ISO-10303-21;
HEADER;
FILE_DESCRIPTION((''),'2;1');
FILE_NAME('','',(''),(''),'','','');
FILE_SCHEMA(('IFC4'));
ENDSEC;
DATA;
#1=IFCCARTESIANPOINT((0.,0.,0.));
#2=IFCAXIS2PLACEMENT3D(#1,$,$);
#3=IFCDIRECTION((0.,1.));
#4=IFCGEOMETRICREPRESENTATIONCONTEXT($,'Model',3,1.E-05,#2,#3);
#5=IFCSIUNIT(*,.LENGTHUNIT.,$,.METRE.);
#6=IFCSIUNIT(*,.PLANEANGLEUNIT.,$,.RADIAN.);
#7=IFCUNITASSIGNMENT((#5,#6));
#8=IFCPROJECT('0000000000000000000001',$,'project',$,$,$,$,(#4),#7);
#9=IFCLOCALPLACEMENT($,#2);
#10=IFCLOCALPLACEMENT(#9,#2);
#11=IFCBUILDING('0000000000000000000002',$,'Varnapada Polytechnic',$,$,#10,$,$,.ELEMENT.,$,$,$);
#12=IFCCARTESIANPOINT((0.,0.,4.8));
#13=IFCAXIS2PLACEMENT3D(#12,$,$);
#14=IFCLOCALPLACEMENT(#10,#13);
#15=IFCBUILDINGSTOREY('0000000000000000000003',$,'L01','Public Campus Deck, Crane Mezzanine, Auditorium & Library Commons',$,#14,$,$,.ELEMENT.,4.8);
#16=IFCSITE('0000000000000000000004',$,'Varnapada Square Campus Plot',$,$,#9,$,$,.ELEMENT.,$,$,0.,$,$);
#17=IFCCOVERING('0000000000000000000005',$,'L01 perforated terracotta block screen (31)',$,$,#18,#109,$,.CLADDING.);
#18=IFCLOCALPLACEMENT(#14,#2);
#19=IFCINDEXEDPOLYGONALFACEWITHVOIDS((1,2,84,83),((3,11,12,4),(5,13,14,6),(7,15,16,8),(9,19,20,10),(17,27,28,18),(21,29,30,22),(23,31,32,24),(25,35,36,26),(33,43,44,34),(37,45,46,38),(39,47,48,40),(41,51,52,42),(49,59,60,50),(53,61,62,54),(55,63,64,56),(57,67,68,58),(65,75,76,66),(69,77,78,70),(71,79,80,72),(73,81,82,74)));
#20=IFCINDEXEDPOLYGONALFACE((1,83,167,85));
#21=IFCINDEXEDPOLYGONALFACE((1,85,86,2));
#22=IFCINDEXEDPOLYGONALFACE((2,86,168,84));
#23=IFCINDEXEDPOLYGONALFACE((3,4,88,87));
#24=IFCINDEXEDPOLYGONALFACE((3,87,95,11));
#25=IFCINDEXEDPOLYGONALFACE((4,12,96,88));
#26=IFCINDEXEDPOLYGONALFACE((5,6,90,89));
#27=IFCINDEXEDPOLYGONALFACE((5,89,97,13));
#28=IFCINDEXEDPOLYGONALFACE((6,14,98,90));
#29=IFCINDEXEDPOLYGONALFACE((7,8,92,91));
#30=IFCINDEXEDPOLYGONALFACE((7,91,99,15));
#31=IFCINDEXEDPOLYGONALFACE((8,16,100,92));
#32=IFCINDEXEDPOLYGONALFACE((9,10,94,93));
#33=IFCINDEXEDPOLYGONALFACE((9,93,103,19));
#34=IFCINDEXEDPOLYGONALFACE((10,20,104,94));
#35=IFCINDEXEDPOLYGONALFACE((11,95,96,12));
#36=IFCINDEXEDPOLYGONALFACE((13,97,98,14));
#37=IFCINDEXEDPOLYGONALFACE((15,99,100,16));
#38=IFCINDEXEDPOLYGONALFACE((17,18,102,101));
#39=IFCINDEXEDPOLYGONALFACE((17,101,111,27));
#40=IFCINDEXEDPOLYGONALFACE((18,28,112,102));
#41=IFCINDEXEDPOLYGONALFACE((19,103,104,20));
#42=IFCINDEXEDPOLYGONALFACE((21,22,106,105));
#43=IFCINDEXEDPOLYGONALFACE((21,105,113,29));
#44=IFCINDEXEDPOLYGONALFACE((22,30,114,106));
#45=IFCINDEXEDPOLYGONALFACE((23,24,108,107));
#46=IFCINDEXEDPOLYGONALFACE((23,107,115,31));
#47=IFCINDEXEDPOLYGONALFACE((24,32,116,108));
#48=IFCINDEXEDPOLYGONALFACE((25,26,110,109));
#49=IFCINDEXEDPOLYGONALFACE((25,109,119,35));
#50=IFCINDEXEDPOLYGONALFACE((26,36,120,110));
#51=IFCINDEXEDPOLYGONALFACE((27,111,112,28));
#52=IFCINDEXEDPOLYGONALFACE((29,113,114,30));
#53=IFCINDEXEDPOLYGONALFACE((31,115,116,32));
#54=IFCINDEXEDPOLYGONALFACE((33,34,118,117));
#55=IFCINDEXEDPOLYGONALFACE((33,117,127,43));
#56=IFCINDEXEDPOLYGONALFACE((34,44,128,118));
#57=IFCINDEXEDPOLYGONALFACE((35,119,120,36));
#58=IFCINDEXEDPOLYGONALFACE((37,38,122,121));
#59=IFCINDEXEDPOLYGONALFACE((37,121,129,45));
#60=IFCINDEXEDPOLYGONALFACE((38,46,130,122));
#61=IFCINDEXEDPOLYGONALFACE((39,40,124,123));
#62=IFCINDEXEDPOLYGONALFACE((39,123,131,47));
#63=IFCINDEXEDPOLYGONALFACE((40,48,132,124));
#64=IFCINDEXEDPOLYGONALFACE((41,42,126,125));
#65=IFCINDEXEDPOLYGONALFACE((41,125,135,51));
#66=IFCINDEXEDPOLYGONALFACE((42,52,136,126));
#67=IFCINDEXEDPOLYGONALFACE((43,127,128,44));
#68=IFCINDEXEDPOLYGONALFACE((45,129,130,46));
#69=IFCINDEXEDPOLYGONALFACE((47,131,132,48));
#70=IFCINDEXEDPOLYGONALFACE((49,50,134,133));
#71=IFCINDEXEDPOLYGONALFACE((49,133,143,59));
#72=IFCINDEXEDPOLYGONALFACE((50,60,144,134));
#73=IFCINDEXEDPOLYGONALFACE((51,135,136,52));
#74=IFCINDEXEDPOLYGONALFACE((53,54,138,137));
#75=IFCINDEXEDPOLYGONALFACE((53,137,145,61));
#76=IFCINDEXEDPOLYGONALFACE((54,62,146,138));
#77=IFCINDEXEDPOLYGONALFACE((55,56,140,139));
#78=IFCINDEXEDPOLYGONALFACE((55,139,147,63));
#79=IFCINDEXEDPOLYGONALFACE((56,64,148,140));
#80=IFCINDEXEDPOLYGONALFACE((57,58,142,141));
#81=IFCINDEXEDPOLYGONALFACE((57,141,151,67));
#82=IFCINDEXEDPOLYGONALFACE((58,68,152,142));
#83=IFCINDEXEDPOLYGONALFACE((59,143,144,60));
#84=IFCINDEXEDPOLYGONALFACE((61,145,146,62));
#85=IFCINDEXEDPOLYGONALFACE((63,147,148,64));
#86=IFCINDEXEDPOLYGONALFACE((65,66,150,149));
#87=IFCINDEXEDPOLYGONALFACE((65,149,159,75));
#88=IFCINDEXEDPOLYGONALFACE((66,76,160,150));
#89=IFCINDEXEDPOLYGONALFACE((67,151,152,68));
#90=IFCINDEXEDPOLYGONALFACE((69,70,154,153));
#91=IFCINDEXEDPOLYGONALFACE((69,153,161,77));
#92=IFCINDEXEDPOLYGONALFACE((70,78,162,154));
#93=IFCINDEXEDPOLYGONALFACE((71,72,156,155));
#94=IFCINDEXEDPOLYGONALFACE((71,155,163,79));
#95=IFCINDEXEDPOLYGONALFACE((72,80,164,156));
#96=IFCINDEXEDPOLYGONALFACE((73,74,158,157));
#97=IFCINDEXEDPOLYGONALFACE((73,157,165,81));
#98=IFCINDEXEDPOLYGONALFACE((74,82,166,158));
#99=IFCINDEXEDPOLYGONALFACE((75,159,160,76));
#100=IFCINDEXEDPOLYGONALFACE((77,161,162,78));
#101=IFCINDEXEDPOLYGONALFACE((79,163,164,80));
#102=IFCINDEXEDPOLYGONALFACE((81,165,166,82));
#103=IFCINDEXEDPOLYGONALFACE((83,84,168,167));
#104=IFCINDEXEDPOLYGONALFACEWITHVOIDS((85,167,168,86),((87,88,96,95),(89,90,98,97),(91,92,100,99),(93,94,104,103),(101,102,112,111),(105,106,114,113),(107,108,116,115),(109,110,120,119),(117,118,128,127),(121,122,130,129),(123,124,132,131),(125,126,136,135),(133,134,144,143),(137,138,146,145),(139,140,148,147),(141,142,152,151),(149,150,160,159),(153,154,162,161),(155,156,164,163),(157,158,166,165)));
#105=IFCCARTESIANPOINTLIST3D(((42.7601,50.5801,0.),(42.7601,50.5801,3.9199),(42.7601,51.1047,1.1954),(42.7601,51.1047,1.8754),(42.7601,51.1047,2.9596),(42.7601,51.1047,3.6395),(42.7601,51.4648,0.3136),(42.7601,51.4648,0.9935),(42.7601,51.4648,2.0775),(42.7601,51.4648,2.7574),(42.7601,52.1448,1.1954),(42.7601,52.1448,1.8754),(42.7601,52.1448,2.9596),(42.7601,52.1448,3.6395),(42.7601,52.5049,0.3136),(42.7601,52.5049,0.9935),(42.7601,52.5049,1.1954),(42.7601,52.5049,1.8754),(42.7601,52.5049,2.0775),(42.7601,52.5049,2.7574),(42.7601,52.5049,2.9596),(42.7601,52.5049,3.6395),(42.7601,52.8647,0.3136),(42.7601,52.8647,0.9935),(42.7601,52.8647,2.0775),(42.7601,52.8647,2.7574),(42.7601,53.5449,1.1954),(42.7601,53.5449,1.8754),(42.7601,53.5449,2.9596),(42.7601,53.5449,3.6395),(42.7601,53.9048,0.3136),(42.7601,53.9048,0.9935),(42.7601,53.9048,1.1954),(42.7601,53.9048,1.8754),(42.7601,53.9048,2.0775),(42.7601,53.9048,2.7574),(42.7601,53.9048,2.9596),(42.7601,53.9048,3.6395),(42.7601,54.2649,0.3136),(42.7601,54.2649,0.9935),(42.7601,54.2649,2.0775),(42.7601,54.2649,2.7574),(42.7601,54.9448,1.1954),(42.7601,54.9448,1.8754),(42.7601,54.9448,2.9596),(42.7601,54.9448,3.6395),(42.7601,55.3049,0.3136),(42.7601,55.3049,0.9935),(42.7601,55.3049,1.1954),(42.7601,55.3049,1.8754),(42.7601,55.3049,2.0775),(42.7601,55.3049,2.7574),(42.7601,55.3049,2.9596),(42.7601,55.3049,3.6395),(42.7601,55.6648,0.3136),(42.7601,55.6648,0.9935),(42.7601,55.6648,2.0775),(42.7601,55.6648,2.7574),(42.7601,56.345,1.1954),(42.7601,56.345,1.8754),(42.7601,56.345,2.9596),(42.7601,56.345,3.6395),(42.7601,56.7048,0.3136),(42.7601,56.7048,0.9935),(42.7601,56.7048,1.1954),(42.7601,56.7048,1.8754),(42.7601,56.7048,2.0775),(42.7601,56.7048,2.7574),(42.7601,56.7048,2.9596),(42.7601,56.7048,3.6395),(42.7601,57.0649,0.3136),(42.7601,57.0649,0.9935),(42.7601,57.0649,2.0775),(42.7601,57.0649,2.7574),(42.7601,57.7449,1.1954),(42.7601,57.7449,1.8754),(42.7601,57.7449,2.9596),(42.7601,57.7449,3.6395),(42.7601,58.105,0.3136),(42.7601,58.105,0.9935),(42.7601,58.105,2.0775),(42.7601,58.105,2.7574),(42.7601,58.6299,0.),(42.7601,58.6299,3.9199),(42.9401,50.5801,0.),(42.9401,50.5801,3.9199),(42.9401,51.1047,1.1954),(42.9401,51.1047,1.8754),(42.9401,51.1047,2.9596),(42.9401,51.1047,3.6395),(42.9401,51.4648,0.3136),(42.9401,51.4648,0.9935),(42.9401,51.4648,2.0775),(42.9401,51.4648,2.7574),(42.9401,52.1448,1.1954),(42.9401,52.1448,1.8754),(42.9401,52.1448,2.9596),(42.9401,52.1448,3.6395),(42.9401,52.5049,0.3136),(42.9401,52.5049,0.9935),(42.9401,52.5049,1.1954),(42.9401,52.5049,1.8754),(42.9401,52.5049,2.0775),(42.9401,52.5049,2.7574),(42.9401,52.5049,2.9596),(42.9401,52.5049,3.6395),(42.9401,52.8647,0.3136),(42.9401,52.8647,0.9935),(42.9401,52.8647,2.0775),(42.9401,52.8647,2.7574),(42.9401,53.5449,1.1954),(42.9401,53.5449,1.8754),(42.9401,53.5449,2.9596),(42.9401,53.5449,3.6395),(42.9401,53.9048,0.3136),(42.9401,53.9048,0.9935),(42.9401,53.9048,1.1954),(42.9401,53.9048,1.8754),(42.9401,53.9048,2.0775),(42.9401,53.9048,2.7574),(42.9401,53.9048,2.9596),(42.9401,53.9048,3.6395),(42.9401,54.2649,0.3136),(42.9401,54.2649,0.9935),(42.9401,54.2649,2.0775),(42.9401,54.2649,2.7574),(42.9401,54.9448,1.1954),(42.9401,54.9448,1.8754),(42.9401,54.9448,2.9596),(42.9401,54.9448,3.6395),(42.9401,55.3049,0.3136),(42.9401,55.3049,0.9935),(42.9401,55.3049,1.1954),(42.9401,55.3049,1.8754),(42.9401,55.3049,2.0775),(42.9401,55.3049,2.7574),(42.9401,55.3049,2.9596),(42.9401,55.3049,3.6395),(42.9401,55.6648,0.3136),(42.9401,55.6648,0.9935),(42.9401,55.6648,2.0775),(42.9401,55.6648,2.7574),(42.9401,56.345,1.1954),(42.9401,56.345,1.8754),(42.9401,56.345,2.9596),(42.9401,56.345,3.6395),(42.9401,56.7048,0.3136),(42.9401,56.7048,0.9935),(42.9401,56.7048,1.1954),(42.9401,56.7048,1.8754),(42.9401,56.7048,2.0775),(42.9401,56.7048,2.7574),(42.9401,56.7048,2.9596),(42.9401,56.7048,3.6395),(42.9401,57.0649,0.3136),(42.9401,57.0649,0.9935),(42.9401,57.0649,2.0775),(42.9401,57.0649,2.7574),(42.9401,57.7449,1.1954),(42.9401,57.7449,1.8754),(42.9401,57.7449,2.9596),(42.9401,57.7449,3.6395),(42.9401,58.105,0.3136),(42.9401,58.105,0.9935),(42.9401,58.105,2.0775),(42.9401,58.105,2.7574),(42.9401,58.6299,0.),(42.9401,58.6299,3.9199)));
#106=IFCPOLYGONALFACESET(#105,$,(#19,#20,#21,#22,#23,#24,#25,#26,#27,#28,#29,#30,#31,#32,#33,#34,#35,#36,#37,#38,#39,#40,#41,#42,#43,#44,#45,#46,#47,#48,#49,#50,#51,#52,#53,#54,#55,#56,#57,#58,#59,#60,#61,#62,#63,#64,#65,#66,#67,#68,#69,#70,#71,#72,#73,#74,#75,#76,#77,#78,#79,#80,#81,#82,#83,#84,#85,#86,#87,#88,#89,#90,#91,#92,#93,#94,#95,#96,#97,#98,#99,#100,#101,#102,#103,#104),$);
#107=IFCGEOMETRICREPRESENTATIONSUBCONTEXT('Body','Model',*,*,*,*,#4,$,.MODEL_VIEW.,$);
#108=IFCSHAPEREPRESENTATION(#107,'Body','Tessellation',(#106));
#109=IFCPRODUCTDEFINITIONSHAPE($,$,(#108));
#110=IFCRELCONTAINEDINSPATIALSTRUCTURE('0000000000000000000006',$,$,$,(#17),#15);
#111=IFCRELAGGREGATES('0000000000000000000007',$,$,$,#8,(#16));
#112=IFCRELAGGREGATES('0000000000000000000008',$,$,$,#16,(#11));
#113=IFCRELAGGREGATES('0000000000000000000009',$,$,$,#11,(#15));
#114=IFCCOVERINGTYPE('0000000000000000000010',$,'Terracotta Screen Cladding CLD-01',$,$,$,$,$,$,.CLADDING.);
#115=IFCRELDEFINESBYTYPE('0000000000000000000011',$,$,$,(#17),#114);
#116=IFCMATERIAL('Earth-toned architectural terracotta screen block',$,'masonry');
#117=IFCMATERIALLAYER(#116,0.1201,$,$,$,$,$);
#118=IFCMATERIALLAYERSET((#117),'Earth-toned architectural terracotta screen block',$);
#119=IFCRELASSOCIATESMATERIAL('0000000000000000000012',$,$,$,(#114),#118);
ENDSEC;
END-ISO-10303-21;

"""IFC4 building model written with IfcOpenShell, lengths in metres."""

from ifc_helpers import new_model, si_unit, direction, frame, frame_2d, origin, place, context, subcontext, project, spatial, rectangle, extrude, material, layer, layer_set, type_object, element, save


model = new_model("IFC4")

# Units and contexts
model_context = context("Model", 3, precision=1e-05, world=origin(), true_north=direction((0.0, 1.0)))
body_context = subcontext(model_context, "Body", "Model", "MODEL_VIEW")
ifc_project = project(units=[si_unit("LENGTHUNIT", "METRE"), si_unit("PLANEANGLEUNIT", "RADIAN")], contexts=[model_context])

# Site, building, storey
site_placement = place(None, origin())
site = spatial("IfcSite", under=ifc_project, at=site_placement, Name="Varnapada Square Campus Plot", CompositionType="ELEMENT", RefElevation=0.0)
building_placement = place(site_placement, origin())
building = spatial("IfcBuilding", under=site, at=building_placement, Name="Varnapada Polytechnic", CompositionType="ELEMENT")
storey_placement = place(building_placement, frame((0.0, 0.0, 4.8)))
storey = spatial("IfcBuildingStorey", under=building, at=storey_placement, Name="L01", Description="Public Campus Deck, Crane Mezzanine, Auditorium & Library Commons", CompositionType="ELEMENT", Elevation=4.8)

# Covering, openings
ifc_material_1 = material(Name="Earth-toned architectural terracotta screen block", Category="masonry")
ifc_layer_1 = layer(ifc_material_1, 0.1201)
ifc_layer_set_1 = layer_set([ifc_layer_1], Name="Earth-toned architectural terracotta screen block")
covering_type = type_object("IfcCoveringType", Name="Terracotta Screen Cladding CLD-01", PredefinedType="CLADDING", material=ifc_layer_set_1)
covering_placement = place(storey_placement, frame((42.8501, 58.6299, 0.0), z_axis=(0.0, 0.0, 1.0), x_axis=(0.0, -1.0, 0.0)))
covering = element("IfcCovering", 1, at=covering_placement, inside=storey, type_object=covering_type, Name="L01 perforated terracotta block screen (31)", PredefinedType="CLADDING", context=body_context, shape_type="SweptSolid", body=[
    extrude(rectangle(XDim=8.0498, YDim=0.1799, at=frame_2d((4.0249, 0.0))), origin(), (0.0, 0.0, 1.0), 3.9199),
])
opening_1_placement = place(covering_placement, frame((0.5249, 0.0, 0.3137)))
element("IfcOpeningElement", 2, at=opening_1_placement, cuts=covering, PredefinedType="OPENING", context=body_context, shape_type="SweptSolid", body=[
    extrude(rectangle(XDim=1.04, YDim=0.6799, at=frame_2d((0.52, 0.3398))), frame((0.0, 0.0999, 0.0), z_axis=(0.0, -1.0, 0.0), x_axis=(1.0, 0.0, 0.0)), (0.0, 0.0, 1.0), 0.2),
])
opening_2_placement = place(covering_placement, frame((1.925, 0.0, 0.3137)))
element("IfcOpeningElement", 3, at=opening_2_placement, cuts=covering, PredefinedType="OPENING", context=body_context, shape_type="SweptSolid", body=[
    extrude(rectangle(XDim=1.04, YDim=0.6799, at=frame_2d((0.52, 0.3398))), frame((0.0, 0.0999, 0.0), z_axis=(0.0, -1.0, 0.0), x_axis=(1.0, 0.0, 0.0)), (0.0, 0.0, 1.0), 0.2),
])
opening_3_placement = place(covering_placement, frame((3.325, 0.0, 0.3137)))
element("IfcOpeningElement", 4, at=opening_3_placement, cuts=covering, PredefinedType="OPENING", context=body_context, shape_type="SweptSolid", body=[
    extrude(rectangle(XDim=1.04, YDim=0.6799, at=frame_2d((0.52, 0.3398))), frame((0.0, 0.0999, 0.0), z_axis=(0.0, -1.0, 0.0), x_axis=(1.0, 0.0, 0.0)), (0.0, 0.0, 1.0), 0.2),
])
opening_4_placement = place(covering_placement, frame((4.7251, 0.0, 0.3137)))
element("IfcOpeningElement", 5, at=opening_4_placement, cuts=covering, PredefinedType="OPENING", context=body_context, shape_type="SweptSolid", body=[
    extrude(rectangle(XDim=1.04, YDim=0.6799, at=frame_2d((0.52, 0.3398))), frame((0.0, 0.0999, 0.0), z_axis=(0.0, -1.0, 0.0), x_axis=(1.0, 0.0, 0.0)), (0.0, 0.0, 1.0), 0.2),
])
opening_5_placement = place(covering_placement, frame((6.125, 0.0, 0.3137)))
element("IfcOpeningElement", 6, at=opening_5_placement, cuts=covering, PredefinedType="OPENING", context=body_context, shape_type="SweptSolid", body=[
    extrude(rectangle(XDim=1.04, YDim=0.6799, at=frame_2d((0.52, 0.3398))), frame((0.0, 0.0999, 0.0), z_axis=(0.0, -1.0, 0.0), x_axis=(1.0, 0.0, 0.0)), (0.0, 0.0, 1.0), 0.2),
])
opening_6_placement = place(covering_placement, frame((0.885, 0.0, 1.1956)))
element("IfcOpeningElement", 7, at=opening_6_placement, cuts=covering, PredefinedType="OPENING", context=body_context, shape_type="SweptSolid", body=[
    extrude(rectangle(XDim=1.04, YDim=0.6799, at=frame_2d((0.52, 0.3398))), frame((0.0, 0.0999, 0.0), z_axis=(0.0, -1.0, 0.0), x_axis=(1.0, 0.0, 0.0)), (0.0, 0.0, 1.0), 0.2),
])
opening_7_placement = place(covering_placement, frame((2.2849, 0.0, 1.1956)))
element("IfcOpeningElement", 8, at=opening_7_placement, cuts=covering, PredefinedType="OPENING", context=body_context, shape_type="SweptSolid", body=[
    extrude(rectangle(XDim=1.04, YDim=0.6799, at=frame_2d((0.52, 0.3398))), frame((0.0, 0.0999, 0.0), z_axis=(0.0, -1.0, 0.0), x_axis=(1.0, 0.0, 0.0)), (0.0, 0.0, 1.0), 0.2),
])
opening_8_placement = place(covering_placement, frame((3.6851, 0.0, 1.1956)))
element("IfcOpeningElement", 9, at=opening_8_placement, cuts=covering, PredefinedType="OPENING", context=body_context, shape_type="SweptSolid", body=[
    extrude(rectangle(XDim=1.04, YDim=0.6799, at=frame_2d((0.52, 0.3398))), frame((0.0, 0.0999, 0.0), z_axis=(0.0, -1.0, 0.0), x_axis=(1.0, 0.0, 0.0)), (0.0, 0.0, 1.0), 0.2),
])
opening_9_placement = place(covering_placement, frame((5.085, 0.0, 1.1956)))
element("IfcOpeningElement", 10, at=opening_9_placement, cuts=covering, PredefinedType="OPENING", context=body_context, shape_type="SweptSolid", body=[
    extrude(rectangle(XDim=1.04, YDim=0.6799, at=frame_2d((0.52, 0.3398))), frame((0.0, 0.0999, 0.0), z_axis=(0.0, -1.0, 0.0), x_axis=(1.0, 0.0, 0.0)), (0.0, 0.0, 1.0), 0.2),
])
opening_10_placement = place(covering_placement, frame((6.4851, 0.0, 1.1956)))
element("IfcOpeningElement", 11, at=opening_10_placement, cuts=covering, PredefinedType="OPENING", context=body_context, shape_type="SweptSolid", body=[
    extrude(rectangle(XDim=1.04, YDim=0.6799, at=frame_2d((0.52, 0.3398))), frame((0.0, 0.0999, 0.0), z_axis=(0.0, -1.0, 0.0), x_axis=(1.0, 0.0, 0.0)), (0.0, 0.0, 1.0), 0.2),
])
opening_11_placement = place(covering_placement, frame((0.5249, 0.0, 2.0776)))
element("IfcOpeningElement", 12, at=opening_11_placement, cuts=covering, PredefinedType="OPENING", context=body_context, shape_type="SweptSolid", body=[
    extrude(rectangle(XDim=1.04, YDim=0.6799, at=frame_2d((0.52, 0.3398))), frame((0.0, 0.0999, 0.0), z_axis=(0.0, -1.0, 0.0), x_axis=(1.0, 0.0, 0.0)), (0.0, 0.0, 1.0), 0.2),
])
opening_12_placement = place(covering_placement, frame((1.925, 0.0, 2.0776)))
element("IfcOpeningElement", 13, at=opening_12_placement, cuts=covering, PredefinedType="OPENING", context=body_context, shape_type="SweptSolid", body=[
    extrude(rectangle(XDim=1.04, YDim=0.6799, at=frame_2d((0.52, 0.3398))), frame((0.0, 0.0999, 0.0), z_axis=(0.0, -1.0, 0.0), x_axis=(1.0, 0.0, 0.0)), (0.0, 0.0, 1.0), 0.2),
])
opening_13_placement = place(covering_placement, frame((3.325, 0.0, 2.0776)))
element("IfcOpeningElement", 14, at=opening_13_placement, cuts=covering, PredefinedType="OPENING", context=body_context, shape_type="SweptSolid", body=[
    extrude(rectangle(XDim=1.04, YDim=0.6799, at=frame_2d((0.52, 0.3398))), frame((0.0, 0.0999, 0.0), z_axis=(0.0, -1.0, 0.0), x_axis=(1.0, 0.0, 0.0)), (0.0, 0.0, 1.0), 0.2),
])
opening_14_placement = place(covering_placement, frame((4.7251, 0.0, 2.0776)))
element("IfcOpeningElement", 15, at=opening_14_placement, cuts=covering, PredefinedType="OPENING", context=body_context, shape_type="SweptSolid", body=[
    extrude(rectangle(XDim=1.04, YDim=0.6799, at=frame_2d((0.52, 0.3398))), frame((0.0, 0.0999, 0.0), z_axis=(0.0, -1.0, 0.0), x_axis=(1.0, 0.0, 0.0)), (0.0, 0.0, 1.0), 0.2),
])
opening_15_placement = place(covering_placement, frame((6.125, 0.0, 2.0776)))
element("IfcOpeningElement", 16, at=opening_15_placement, cuts=covering, PredefinedType="OPENING", context=body_context, shape_type="SweptSolid", body=[
    extrude(rectangle(XDim=1.04, YDim=0.6799, at=frame_2d((0.52, 0.3398))), frame((0.0, 0.0999, 0.0), z_axis=(0.0, -1.0, 0.0), x_axis=(1.0, 0.0, 0.0)), (0.0, 0.0, 1.0), 0.2),
])
opening_16_placement = place(covering_placement, frame((0.885, 0.0, 2.9597)))
element("IfcOpeningElement", 17, at=opening_16_placement, cuts=covering, PredefinedType="OPENING", context=body_context, shape_type="SweptSolid", body=[
    extrude(rectangle(XDim=1.04, YDim=0.6799, at=frame_2d((0.52, 0.3398))), frame((0.0, 0.0999, 0.0), z_axis=(0.0, -1.0, 0.0), x_axis=(1.0, 0.0, 0.0)), (0.0, 0.0, 1.0), 0.2),
])
opening_17_placement = place(covering_placement, frame((2.2849, 0.0, 2.9597)))
element("IfcOpeningElement", 18, at=opening_17_placement, cuts=covering, PredefinedType="OPENING", context=body_context, shape_type="SweptSolid", body=[
    extrude(rectangle(XDim=1.04, YDim=0.6799, at=frame_2d((0.52, 0.3398))), frame((0.0, 0.0999, 0.0), z_axis=(0.0, -1.0, 0.0), x_axis=(1.0, 0.0, 0.0)), (0.0, 0.0, 1.0), 0.2),
])
opening_18_placement = place(covering_placement, frame((3.6851, 0.0, 2.9597)))
element("IfcOpeningElement", 19, at=opening_18_placement, cuts=covering, PredefinedType="OPENING", context=body_context, shape_type="SweptSolid", body=[
    extrude(rectangle(XDim=1.04, YDim=0.6799, at=frame_2d((0.52, 0.3398))), frame((0.0, 0.0999, 0.0), z_axis=(0.0, -1.0, 0.0), x_axis=(1.0, 0.0, 0.0)), (0.0, 0.0, 1.0), 0.2),
])
opening_19_placement = place(covering_placement, frame((5.085, 0.0, 2.9597)))
element("IfcOpeningElement", 20, at=opening_19_placement, cuts=covering, PredefinedType="OPENING", context=body_context, shape_type="SweptSolid", body=[
    extrude(rectangle(XDim=1.04, YDim=0.6799, at=frame_2d((0.52, 0.3398))), frame((0.0, 0.0999, 0.0), z_axis=(0.0, -1.0, 0.0), x_axis=(1.0, 0.0, 0.0)), (0.0, 0.0, 1.0), 0.2),
])
opening_20_placement = place(covering_placement, frame((6.4851, 0.0, 2.9597)))
element("IfcOpeningElement", 21, at=opening_20_placement, cuts=covering, PredefinedType="OPENING", context=body_context, shape_type="SweptSolid", body=[
    extrude(rectangle(XDim=1.04, YDim=0.6799, at=frame_2d((0.52, 0.3398))), frame((0.0, 0.0999, 0.0), z_axis=(0.0, -1.0, 0.0), x_axis=(1.0, 0.0, 0.0)), (0.0, 0.0, 1.0), 0.2),
])

save(model, "model.ifc")
